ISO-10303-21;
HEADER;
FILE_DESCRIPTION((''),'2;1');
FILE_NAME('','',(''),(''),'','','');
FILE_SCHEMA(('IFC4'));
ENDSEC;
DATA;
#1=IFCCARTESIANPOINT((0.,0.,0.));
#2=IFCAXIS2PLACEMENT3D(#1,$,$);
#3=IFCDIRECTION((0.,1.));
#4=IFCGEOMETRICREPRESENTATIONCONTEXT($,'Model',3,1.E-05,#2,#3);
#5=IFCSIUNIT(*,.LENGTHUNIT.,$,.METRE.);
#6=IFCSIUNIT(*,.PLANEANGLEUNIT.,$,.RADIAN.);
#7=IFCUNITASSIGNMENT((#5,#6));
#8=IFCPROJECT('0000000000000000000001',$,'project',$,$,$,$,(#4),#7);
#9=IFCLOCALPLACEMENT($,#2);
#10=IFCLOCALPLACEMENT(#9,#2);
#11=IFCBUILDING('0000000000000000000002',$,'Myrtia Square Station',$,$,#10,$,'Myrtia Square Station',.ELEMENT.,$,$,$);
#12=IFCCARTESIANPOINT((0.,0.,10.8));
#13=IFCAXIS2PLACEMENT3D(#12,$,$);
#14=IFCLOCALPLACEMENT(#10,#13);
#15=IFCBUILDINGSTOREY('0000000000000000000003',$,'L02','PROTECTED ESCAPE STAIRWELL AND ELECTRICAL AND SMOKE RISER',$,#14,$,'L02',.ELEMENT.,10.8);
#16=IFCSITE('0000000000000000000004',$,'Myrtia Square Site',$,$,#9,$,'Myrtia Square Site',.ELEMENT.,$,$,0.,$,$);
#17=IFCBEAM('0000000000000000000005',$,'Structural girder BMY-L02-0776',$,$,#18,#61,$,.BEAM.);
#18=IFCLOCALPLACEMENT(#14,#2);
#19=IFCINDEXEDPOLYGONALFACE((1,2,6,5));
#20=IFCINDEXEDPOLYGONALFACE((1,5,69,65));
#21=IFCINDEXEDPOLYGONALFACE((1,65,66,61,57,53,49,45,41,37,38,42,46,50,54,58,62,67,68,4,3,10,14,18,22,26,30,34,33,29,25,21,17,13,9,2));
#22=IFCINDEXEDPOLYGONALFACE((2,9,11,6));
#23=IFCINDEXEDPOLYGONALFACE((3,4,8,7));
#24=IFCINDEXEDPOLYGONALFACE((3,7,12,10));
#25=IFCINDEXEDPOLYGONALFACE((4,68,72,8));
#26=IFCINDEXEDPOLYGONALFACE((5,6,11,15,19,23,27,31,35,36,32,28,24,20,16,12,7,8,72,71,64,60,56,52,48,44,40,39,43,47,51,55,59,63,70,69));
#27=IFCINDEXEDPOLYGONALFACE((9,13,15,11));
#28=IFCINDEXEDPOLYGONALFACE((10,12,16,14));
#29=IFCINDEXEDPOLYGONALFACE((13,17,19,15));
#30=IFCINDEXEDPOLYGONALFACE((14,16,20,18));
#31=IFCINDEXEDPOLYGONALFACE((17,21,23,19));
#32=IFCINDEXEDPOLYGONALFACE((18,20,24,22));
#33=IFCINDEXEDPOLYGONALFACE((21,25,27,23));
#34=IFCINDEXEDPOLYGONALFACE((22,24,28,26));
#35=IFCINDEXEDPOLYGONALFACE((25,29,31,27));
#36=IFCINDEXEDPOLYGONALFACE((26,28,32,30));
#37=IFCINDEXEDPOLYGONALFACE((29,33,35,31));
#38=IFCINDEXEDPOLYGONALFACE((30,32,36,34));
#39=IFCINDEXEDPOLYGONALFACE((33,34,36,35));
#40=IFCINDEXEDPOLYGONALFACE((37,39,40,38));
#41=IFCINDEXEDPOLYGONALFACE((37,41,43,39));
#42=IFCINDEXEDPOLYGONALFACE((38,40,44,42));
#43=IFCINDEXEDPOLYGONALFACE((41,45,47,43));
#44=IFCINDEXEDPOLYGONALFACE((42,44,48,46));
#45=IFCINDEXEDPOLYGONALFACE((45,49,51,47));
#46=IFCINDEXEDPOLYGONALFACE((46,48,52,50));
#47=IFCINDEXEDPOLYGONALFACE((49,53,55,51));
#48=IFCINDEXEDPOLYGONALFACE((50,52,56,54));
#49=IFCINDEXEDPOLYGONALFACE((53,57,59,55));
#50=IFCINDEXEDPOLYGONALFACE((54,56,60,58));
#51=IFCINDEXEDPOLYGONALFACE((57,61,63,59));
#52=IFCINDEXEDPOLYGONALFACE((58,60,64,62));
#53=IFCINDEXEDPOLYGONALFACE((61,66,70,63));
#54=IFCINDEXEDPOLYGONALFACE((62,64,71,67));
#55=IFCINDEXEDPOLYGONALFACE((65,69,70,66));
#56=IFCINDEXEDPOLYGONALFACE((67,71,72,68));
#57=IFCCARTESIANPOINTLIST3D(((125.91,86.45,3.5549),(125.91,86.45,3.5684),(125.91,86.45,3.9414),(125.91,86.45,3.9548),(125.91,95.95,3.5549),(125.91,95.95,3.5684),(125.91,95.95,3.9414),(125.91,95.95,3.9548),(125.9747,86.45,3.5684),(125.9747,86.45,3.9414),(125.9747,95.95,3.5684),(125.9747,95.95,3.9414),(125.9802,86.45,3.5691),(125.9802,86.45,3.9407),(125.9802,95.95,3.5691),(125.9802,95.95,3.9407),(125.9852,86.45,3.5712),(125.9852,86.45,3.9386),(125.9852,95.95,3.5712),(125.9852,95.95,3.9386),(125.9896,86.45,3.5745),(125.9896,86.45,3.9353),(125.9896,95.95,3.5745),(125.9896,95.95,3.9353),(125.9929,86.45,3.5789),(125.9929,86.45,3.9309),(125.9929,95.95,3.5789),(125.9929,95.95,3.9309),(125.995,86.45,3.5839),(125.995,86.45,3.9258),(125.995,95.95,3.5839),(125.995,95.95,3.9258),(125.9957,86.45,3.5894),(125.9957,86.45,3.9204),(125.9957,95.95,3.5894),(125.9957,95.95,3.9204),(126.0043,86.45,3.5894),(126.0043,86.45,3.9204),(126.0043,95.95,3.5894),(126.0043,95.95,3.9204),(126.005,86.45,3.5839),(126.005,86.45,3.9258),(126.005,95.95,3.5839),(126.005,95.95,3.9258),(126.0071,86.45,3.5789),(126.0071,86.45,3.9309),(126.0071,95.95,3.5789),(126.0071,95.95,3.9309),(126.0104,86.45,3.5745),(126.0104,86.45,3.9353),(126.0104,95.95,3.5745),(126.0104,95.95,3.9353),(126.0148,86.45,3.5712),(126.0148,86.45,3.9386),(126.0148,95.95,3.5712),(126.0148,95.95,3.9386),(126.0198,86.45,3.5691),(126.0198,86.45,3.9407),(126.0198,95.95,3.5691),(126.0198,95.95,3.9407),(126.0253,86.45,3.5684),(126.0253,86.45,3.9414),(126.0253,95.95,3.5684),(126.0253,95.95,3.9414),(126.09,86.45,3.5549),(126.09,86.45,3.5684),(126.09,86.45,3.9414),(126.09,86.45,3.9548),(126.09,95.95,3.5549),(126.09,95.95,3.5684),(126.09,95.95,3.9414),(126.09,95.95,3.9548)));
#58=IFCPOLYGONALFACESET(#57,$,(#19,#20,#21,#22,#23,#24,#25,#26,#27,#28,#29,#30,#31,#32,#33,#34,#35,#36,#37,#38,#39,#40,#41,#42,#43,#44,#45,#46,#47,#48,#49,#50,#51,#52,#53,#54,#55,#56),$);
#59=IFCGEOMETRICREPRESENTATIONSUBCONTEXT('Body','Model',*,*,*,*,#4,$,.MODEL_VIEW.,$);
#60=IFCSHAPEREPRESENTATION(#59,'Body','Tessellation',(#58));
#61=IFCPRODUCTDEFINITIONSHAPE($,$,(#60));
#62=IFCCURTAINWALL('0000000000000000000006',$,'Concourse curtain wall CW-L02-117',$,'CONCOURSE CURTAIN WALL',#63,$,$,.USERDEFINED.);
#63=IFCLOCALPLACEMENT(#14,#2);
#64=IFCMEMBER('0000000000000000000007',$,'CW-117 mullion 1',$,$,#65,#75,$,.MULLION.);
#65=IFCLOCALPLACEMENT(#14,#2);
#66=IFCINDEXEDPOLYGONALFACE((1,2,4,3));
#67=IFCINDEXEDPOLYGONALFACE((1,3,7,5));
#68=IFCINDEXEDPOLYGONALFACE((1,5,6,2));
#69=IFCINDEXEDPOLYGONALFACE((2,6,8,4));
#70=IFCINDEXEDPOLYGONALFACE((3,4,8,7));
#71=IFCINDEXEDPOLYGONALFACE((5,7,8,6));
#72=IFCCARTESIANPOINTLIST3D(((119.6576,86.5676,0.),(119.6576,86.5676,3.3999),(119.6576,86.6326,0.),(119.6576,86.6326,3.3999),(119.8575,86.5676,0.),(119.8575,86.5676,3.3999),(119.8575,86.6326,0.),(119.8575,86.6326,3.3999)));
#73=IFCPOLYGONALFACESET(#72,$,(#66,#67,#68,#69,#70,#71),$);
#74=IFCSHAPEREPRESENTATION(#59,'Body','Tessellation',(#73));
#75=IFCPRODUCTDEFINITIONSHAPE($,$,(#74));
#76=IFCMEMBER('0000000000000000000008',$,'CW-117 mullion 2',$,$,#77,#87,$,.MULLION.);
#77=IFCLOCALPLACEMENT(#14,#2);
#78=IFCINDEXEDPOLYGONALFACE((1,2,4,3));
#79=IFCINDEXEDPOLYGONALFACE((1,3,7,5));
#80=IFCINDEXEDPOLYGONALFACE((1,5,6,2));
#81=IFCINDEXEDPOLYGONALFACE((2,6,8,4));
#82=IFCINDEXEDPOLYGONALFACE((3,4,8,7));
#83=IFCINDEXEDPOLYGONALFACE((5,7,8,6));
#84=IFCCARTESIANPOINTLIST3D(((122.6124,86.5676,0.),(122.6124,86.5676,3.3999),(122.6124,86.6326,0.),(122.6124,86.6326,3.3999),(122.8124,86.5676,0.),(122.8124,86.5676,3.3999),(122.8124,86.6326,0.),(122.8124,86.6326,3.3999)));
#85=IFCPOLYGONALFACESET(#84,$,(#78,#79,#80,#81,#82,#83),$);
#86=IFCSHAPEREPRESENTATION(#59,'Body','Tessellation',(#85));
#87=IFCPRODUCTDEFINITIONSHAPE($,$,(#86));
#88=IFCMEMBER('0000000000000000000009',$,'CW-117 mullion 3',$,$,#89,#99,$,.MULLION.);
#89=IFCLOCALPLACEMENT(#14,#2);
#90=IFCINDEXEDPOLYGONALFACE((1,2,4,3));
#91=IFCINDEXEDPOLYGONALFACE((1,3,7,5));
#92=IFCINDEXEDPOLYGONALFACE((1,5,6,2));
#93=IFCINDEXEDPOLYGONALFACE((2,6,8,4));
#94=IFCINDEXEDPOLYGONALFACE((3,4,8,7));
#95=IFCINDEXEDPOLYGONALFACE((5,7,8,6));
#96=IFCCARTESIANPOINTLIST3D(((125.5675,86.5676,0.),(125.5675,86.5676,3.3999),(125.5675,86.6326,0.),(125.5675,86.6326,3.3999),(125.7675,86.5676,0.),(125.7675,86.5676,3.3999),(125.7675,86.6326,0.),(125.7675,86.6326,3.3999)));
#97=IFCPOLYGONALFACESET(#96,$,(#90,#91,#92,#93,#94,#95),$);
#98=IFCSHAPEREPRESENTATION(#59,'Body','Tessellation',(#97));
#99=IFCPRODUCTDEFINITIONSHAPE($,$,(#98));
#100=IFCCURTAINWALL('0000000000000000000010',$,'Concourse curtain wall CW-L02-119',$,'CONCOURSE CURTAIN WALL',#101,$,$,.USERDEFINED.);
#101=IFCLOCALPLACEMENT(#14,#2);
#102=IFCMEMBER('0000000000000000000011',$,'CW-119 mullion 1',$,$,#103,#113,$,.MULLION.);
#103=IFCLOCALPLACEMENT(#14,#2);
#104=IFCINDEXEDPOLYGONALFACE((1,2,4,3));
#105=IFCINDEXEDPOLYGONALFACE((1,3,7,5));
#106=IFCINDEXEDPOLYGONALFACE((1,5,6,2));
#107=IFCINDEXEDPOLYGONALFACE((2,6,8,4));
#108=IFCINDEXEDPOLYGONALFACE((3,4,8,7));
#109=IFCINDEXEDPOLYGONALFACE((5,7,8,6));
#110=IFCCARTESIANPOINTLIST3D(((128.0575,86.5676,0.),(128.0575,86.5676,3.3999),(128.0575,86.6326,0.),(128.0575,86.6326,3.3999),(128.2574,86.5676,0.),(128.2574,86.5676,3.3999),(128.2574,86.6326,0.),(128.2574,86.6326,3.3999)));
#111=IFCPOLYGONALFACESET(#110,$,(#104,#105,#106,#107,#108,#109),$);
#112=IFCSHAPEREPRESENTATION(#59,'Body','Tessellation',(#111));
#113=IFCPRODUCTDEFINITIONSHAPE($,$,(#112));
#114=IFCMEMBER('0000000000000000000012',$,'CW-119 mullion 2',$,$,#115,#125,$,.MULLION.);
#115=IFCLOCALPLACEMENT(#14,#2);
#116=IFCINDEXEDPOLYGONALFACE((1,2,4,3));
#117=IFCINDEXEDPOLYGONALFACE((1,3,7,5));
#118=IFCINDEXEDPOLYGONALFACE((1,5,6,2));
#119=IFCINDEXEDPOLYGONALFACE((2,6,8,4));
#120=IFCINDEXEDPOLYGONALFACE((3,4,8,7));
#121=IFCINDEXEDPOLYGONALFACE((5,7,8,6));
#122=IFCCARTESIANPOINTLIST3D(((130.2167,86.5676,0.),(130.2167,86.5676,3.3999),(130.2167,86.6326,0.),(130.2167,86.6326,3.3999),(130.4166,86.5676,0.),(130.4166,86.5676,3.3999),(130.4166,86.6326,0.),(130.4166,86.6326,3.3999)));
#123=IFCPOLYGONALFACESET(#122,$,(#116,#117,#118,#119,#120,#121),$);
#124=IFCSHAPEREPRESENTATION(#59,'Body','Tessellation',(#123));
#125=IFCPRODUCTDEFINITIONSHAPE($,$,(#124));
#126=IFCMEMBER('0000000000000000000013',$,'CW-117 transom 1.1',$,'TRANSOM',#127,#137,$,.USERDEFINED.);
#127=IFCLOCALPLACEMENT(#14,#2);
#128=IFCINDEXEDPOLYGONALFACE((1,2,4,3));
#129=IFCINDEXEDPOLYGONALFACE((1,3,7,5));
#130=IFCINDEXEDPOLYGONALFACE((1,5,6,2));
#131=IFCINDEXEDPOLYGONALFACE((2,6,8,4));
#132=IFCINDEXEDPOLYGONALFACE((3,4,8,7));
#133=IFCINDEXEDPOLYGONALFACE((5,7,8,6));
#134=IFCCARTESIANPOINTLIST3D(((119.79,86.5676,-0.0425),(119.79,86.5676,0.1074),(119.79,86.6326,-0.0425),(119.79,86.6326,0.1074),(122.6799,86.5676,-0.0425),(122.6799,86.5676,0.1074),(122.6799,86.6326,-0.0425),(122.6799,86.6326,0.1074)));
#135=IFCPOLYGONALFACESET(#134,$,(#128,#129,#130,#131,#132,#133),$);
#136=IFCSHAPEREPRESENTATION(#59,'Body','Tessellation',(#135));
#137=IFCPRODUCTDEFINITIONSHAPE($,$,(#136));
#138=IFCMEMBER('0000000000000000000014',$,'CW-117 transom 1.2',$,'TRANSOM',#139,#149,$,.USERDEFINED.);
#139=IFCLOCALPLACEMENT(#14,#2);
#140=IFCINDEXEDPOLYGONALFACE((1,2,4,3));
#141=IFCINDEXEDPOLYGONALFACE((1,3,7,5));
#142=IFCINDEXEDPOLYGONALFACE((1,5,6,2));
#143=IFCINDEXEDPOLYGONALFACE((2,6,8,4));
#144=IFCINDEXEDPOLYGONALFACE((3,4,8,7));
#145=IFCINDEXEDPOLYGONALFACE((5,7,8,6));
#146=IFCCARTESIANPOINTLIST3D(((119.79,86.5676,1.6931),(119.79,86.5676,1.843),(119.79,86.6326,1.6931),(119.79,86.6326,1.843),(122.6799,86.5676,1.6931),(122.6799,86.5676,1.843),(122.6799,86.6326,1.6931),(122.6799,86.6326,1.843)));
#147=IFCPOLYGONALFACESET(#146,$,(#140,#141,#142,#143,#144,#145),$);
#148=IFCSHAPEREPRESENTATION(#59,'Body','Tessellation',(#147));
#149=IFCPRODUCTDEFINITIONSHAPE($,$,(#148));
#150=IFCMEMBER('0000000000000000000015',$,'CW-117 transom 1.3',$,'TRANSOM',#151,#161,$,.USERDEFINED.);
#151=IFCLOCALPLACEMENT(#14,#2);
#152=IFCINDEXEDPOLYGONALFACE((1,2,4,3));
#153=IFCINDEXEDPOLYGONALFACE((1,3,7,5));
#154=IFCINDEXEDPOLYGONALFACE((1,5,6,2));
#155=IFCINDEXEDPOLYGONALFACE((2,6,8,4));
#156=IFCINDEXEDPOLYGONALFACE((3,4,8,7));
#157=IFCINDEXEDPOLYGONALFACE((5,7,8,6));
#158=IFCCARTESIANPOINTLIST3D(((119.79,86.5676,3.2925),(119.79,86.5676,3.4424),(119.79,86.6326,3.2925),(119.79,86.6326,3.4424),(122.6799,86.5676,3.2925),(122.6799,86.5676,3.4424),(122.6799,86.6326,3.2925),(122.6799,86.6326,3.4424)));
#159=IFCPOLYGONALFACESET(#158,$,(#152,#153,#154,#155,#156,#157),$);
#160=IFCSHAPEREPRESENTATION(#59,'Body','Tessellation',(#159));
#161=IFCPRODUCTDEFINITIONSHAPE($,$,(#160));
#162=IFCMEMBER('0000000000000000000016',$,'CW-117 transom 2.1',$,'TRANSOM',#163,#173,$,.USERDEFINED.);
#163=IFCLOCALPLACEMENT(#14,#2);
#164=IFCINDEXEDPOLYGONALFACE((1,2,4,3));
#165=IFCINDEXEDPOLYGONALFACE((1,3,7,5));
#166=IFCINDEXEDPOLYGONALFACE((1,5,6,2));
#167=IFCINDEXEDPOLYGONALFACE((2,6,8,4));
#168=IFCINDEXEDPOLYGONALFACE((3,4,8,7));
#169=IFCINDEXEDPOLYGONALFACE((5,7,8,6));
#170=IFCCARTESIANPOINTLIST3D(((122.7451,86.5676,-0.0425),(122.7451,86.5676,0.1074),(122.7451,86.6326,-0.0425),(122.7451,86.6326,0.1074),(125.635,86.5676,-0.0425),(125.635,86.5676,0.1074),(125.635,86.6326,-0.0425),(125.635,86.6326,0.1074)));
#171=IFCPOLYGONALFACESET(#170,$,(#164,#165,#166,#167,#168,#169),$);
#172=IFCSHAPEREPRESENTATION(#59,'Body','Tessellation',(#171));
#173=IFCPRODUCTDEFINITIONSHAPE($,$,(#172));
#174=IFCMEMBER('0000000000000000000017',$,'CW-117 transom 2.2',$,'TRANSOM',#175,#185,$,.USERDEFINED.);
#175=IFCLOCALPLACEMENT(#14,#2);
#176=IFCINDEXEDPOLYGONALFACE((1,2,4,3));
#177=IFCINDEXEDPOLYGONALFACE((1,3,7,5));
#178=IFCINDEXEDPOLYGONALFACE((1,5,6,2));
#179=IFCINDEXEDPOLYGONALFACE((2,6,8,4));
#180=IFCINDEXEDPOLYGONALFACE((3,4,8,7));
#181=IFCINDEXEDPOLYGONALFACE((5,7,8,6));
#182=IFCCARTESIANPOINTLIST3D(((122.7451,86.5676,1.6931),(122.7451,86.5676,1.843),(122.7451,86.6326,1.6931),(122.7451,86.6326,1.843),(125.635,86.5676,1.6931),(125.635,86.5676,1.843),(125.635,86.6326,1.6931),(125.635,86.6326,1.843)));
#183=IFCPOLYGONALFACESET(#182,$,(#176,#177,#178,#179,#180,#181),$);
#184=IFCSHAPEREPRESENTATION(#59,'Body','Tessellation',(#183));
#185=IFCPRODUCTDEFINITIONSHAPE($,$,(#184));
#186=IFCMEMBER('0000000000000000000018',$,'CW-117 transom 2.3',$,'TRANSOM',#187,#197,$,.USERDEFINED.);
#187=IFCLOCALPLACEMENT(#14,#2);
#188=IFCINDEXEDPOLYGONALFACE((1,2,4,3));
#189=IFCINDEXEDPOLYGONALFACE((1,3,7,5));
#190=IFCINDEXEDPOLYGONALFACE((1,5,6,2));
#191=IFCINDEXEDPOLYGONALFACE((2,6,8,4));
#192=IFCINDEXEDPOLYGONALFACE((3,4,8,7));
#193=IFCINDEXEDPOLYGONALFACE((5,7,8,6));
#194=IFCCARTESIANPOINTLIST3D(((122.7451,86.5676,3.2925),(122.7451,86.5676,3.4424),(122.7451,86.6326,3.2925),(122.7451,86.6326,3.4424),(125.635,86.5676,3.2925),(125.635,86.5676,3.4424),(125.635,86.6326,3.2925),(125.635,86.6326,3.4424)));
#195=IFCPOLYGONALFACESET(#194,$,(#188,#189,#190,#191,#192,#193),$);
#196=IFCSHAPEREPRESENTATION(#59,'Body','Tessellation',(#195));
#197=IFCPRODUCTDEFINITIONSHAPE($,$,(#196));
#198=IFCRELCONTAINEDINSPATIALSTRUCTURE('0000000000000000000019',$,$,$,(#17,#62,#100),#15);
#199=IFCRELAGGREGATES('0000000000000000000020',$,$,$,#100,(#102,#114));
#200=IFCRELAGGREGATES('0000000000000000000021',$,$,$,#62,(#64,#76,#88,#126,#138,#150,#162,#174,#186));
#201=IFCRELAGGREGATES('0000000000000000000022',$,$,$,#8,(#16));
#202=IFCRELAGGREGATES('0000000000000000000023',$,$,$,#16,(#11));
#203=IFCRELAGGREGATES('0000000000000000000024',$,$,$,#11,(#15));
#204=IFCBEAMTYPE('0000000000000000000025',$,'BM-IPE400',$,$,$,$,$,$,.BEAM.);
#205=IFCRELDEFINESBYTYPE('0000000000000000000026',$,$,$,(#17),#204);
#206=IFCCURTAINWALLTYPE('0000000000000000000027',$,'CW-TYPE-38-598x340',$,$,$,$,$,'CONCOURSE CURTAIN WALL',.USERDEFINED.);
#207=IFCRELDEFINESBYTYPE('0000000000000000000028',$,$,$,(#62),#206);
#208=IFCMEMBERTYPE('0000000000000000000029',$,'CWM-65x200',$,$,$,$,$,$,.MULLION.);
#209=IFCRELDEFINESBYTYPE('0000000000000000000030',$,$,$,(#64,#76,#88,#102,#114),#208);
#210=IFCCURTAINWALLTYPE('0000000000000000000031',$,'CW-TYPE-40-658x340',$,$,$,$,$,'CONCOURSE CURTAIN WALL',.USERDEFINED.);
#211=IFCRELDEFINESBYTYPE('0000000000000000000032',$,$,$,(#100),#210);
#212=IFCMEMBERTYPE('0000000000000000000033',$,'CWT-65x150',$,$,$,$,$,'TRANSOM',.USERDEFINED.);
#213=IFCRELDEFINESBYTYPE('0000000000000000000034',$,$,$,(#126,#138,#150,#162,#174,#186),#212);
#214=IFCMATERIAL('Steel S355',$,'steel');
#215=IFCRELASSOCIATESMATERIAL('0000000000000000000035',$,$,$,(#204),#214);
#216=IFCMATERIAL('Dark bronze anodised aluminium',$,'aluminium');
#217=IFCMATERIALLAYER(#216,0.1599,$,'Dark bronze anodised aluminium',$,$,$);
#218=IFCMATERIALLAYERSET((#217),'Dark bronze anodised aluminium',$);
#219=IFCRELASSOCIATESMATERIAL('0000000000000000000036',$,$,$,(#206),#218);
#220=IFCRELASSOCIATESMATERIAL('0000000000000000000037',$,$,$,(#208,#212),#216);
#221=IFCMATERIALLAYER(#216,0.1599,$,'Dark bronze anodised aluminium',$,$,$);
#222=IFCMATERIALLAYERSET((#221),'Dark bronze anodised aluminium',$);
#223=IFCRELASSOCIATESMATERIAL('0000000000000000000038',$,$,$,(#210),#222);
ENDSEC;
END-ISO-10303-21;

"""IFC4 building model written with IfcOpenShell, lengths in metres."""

from ifc_helpers import new_model, si_unit, direction, frame, origin, origin_2d, place, context, subcontext, project, spatial, rectangle, i_section, extrude, material, layer, layer_set, material_profile, profile_set, type_object, element, aggregate, save


model = new_model("IFC4")

# Units and contexts
model_context = context("Model", 3, precision=1e-05, world=origin(), true_north=direction((0.0, 1.0)))
body_context = subcontext(model_context, "Body", "Model", "MODEL_VIEW")
ifc_project = project(units=[si_unit("LENGTHUNIT", "METRE"), si_unit("PLANEANGLEUNIT", "RADIAN")], contexts=[model_context])

# Site, building, storey
site_placement = place(None, origin())
site = spatial("IfcSite", under=ifc_project, at=site_placement, Name="Myrtia Square Site", LongName="Myrtia Square Site", CompositionType="ELEMENT", RefElevation=0.0)
building_placement = place(site_placement, origin())
building = spatial("IfcBuilding", under=site, at=building_placement, Name="Myrtia Square Station", LongName="Myrtia Square Station", CompositionType="ELEMENT")
storey_placement = place(building_placement, frame((0.0, 0.0, 10.8)))
storey = spatial("IfcBuildingStorey", under=building, at=storey_placement, Name="L02", Description="PROTECTED ESCAPE STAIRWELL AND ELECTRICAL AND SMOKE RISER", LongName="L02", CompositionType="ELEMENT", Elevation=10.8)

# Beam
ifc_material_1 = material(Name="Steel S355", Category="steel")
ifc_material_profile_1 = material_profile(ifc_material_1, i_section(OverallWidth=0.1799, OverallDepth=0.3999, WebThickness=0.0085, FlangeThickness=0.0134, FilletRadius=0.021, at=origin_2d()), Name="IPE 400")
ifc_profile_set_1 = profile_set([ifc_material_profile_1], Name="Steel S355")
beam_type_1 = type_object("IfcBeamType", Name="BM-IPE400", PredefinedType="BEAM", material=ifc_profile_set_1)
beam_1_placement = place(storey_placement, frame((126.0, 86.45, 3.7549), z_axis=(0.0, 1.0, 0.0), x_axis=(-1.0, 0.0, 0.0)))
element("IfcBeam", 1, at=beam_1_placement, inside=storey, type_object=beam_type_1, Name="Structural girder BMY-L02-0776", PredefinedType="BEAM", context=body_context, shape_type="SweptSolid", body=[
    extrude(i_section(OverallWidth=0.1799, OverallDepth=0.3999, WebThickness=0.0085, FlangeThickness=0.0134, FilletRadius=0.021, at=origin_2d()), origin(), (0.0, 0.0, 1.0), 9.5),
])

# Curtain walls, members
ifc_material_2 = material(Name="Dark bronze anodised aluminium", Category="aluminium")
ifc_layer_1 = layer(ifc_material_2, 0.1599, Name="Dark bronze anodised aluminium")
ifc_layer_set_1 = layer_set([ifc_layer_1], Name="Dark bronze anodised aluminium")
curtain_wall_type_1 = type_object("IfcCurtainWallType", Name="CW-TYPE-38-598x340", ElementType="CONCOURSE CURTAIN WALL", PredefinedType="USERDEFINED", material=ifc_layer_set_1)
curtain_wall_1_placement = place(storey_placement, origin())
curtain_wall_1 = element("IfcCurtainWall", 2, at=curtain_wall_1_placement, inside=storey, type_object=curtain_wall_type_1, Name="Concourse curtain wall CW-L02-117", ObjectType="CONCOURSE CURTAIN WALL", PredefinedType="USERDEFINED")
ifc_material_profile_2 = material_profile(ifc_material_2, rectangle(XDim=0.0649, YDim=0.2, at=origin_2d()), Name="ALU-M 65x200")
ifc_profile_set_2 = profile_set([ifc_material_profile_2], Name="Dark bronze anodised aluminium")
member_type_1 = type_object("IfcMemberType", Name="CWM-65x200", PredefinedType="MULLION", material=ifc_profile_set_2)
member_1_placement = place(storey_placement, frame((119.7576, 86.6001, 0.0), z_axis=(0.0, 0.0, 1.0), x_axis=(0.0, 1.0, 0.0)))
member_1 = element("IfcMember", 3, at=member_1_placement, type_object=member_type_1, Name="CW-117 mullion 1", PredefinedType="MULLION", context=body_context, shape_type="SweptSolid", body=[
    extrude(rectangle(XDim=0.0649, YDim=0.2, at=origin_2d()), origin(), (0.0, 0.0, 1.0), 3.3999),
])
member_2_placement = place(storey_placement, frame((122.7124, 86.6001, 0.0), z_axis=(0.0, 0.0, 1.0), x_axis=(0.0, 1.0, 0.0)))
member_2 = element("IfcMember", 4, at=member_2_placement, type_object=member_type_1, Name="CW-117 mullion 2", PredefinedType="MULLION", context=body_context, shape_type="SweptSolid", body=[
    extrude(rectangle(XDim=0.0649, YDim=0.2, at=origin_2d()), origin(), (0.0, 0.0, 1.0), 3.3999),
])
member_3_placement = place(storey_placement, frame((125.6675, 86.6001, 0.0), z_axis=(0.0, 0.0, 1.0), x_axis=(0.0, 1.0, 0.0)))
member_3 = element("IfcMember", 5, at=member_3_placement, type_object=member_type_1, Name="CW-117 mullion 3", PredefinedType="MULLION", context=body_context, shape_type="SweptSolid", body=[
    extrude(rectangle(XDim=0.0649, YDim=0.2, at=origin_2d()), origin(), (0.0, 0.0, 1.0), 3.3999),
])
ifc_layer_2 = layer(ifc_material_2, 0.1599, Name="Dark bronze anodised aluminium")
ifc_layer_set_2 = layer_set([ifc_layer_2], Name="Dark bronze anodised aluminium")
curtain_wall_type_2 = type_object("IfcCurtainWallType", Name="CW-TYPE-40-658x340", ElementType="CONCOURSE CURTAIN WALL", PredefinedType="USERDEFINED", material=ifc_layer_set_2)
curtain_wall_2_placement = place(storey_placement, origin())
curtain_wall_2 = element("IfcCurtainWall", 6, at=curtain_wall_2_placement, inside=storey, type_object=curtain_wall_type_2, Name="Concourse curtain wall CW-L02-119", ObjectType="CONCOURSE CURTAIN WALL", PredefinedType="USERDEFINED")
member_4_placement = place(storey_placement, frame((128.1575, 86.6001, 0.0), z_axis=(0.0, 0.0, 1.0), x_axis=(0.0, 1.0, 0.0)))
member_4 = element("IfcMember", 7, at=member_4_placement, type_object=member_type_1, Name="CW-119 mullion 1", PredefinedType="MULLION", context=body_context, shape_type="SweptSolid", body=[
    extrude(rectangle(XDim=0.0649, YDim=0.2, at=origin_2d()), origin(), (0.0, 0.0, 1.0), 3.3999),
])
member_5_placement = place(storey_placement, frame((130.3167, 86.6001, 0.0), z_axis=(0.0, 0.0, 1.0), x_axis=(0.0, 1.0, 0.0)))
member_5 = element("IfcMember", 8, at=member_5_placement, type_object=member_type_1, Name="CW-119 mullion 2", PredefinedType="MULLION", context=body_context, shape_type="SweptSolid", body=[
    extrude(rectangle(XDim=0.0649, YDim=0.2, at=origin_2d()), origin(), (0.0, 0.0, 1.0), 3.3999),
])

# Members
ifc_material_profile_3 = material_profile(ifc_material_2, rectangle(XDim=0.0649, YDim=0.1499, at=origin_2d()), Name="ALU-T 65x150")
ifc_profile_set_3 = profile_set([ifc_material_profile_3], Name="Dark bronze anodised aluminium")
member_type_2 = type_object("IfcMemberType", Name="CWT-65x150", ElementType="TRANSOM", PredefinedType="USERDEFINED", material=ifc_profile_set_3)
member_6_placement = place(storey_placement, frame((119.79, 86.6001, 0.0325), z_axis=(1.0, 0.0, 0.0), x_axis=(0.0, 1.0, 0.0)))
member_6 = element("IfcMember", 9, at=member_6_placement, type_object=member_type_2, Name="CW-117 transom 1.1", ObjectType="TRANSOM", PredefinedType="USERDEFINED", context=body_context, shape_type="SweptSolid", body=[
    extrude(rectangle(XDim=0.0649, YDim=0.1499, at=origin_2d()), origin(), (0.0, 0.0, 1.0), 2.8899),
])
member_7_placement = place(storey_placement, frame((119.79, 86.6001, 1.7681), z_axis=(1.0, 0.0, 0.0), x_axis=(0.0, 1.0, 0.0)))
member_7 = element("IfcMember", 10, at=member_7_placement, type_object=member_type_2, Name="CW-117 transom 1.2", ObjectType="TRANSOM", PredefinedType="USERDEFINED", context=body_context, shape_type="SweptSolid", body=[
    extrude(rectangle(XDim=0.0649, YDim=0.1499, at=origin_2d()), origin(), (0.0, 0.0, 1.0), 2.8899),
])
member_8_placement = place(storey_placement, frame((119.79, 86.6001, 3.3674), z_axis=(1.0, 0.0, 0.0), x_axis=(0.0, 1.0, 0.0)))
member_8 = element("IfcMember", 11, at=member_8_placement, type_object=member_type_2, Name="CW-117 transom 1.3", ObjectType="TRANSOM", PredefinedType="USERDEFINED", context=body_context, shape_type="SweptSolid", body=[
    extrude(rectangle(XDim=0.0649, YDim=0.1499, at=origin_2d()), origin(), (0.0, 0.0, 1.0), 2.8899),
])
member_9_placement = place(storey_placement, frame((122.7451, 86.6001, 0.0325), z_axis=(1.0, 0.0, 0.0), x_axis=(0.0, 1.0, 0.0)))
member_9 = element("IfcMember", 12, at=member_9_placement, type_object=member_type_2, Name="CW-117 transom 2.1", ObjectType="TRANSOM", PredefinedType="USERDEFINED", context=body_context, shape_type="SweptSolid", body=[
    extrude(rectangle(XDim=0.0649, YDim=0.1499, at=origin_2d()), origin(), (0.0, 0.0, 1.0), 2.8899),
])
member_10_placement = place(storey_placement, frame((122.7451, 86.6001, 1.7681), z_axis=(1.0, 0.0, 0.0), x_axis=(0.0, 1.0, 0.0)))
member_10 = element("IfcMember", 13, at=member_10_placement, type_object=member_type_2, Name="CW-117 transom 2.2", ObjectType="TRANSOM", PredefinedType="USERDEFINED", context=body_context, shape_type="SweptSolid", body=[
    extrude(rectangle(XDim=0.0649, YDim=0.1499, at=origin_2d()), origin(), (0.0, 0.0, 1.0), 2.8899),
])
member_11_placement = place(storey_placement, frame((122.7451, 86.6001, 3.3674), z_axis=(1.0, 0.0, 0.0), x_axis=(0.0, 1.0, 0.0)))
member_11 = element("IfcMember", 14, at=member_11_placement, type_object=member_type_2, Name="CW-117 transom 2.3", ObjectType="TRANSOM", PredefinedType="USERDEFINED", context=body_context, shape_type="SweptSolid", body=[
    extrude(rectangle(XDim=0.0649, YDim=0.1499, at=origin_2d()), origin(), (0.0, 0.0, 1.0), 2.8899),
])

aggregate(curtain_wall_2, [member_4, member_5])
aggregate(curtain_wall_1, [member_1, member_2, member_3, member_6, member_7, member_8, member_9, member_10, member_11])

save(model, "model.ifc")
